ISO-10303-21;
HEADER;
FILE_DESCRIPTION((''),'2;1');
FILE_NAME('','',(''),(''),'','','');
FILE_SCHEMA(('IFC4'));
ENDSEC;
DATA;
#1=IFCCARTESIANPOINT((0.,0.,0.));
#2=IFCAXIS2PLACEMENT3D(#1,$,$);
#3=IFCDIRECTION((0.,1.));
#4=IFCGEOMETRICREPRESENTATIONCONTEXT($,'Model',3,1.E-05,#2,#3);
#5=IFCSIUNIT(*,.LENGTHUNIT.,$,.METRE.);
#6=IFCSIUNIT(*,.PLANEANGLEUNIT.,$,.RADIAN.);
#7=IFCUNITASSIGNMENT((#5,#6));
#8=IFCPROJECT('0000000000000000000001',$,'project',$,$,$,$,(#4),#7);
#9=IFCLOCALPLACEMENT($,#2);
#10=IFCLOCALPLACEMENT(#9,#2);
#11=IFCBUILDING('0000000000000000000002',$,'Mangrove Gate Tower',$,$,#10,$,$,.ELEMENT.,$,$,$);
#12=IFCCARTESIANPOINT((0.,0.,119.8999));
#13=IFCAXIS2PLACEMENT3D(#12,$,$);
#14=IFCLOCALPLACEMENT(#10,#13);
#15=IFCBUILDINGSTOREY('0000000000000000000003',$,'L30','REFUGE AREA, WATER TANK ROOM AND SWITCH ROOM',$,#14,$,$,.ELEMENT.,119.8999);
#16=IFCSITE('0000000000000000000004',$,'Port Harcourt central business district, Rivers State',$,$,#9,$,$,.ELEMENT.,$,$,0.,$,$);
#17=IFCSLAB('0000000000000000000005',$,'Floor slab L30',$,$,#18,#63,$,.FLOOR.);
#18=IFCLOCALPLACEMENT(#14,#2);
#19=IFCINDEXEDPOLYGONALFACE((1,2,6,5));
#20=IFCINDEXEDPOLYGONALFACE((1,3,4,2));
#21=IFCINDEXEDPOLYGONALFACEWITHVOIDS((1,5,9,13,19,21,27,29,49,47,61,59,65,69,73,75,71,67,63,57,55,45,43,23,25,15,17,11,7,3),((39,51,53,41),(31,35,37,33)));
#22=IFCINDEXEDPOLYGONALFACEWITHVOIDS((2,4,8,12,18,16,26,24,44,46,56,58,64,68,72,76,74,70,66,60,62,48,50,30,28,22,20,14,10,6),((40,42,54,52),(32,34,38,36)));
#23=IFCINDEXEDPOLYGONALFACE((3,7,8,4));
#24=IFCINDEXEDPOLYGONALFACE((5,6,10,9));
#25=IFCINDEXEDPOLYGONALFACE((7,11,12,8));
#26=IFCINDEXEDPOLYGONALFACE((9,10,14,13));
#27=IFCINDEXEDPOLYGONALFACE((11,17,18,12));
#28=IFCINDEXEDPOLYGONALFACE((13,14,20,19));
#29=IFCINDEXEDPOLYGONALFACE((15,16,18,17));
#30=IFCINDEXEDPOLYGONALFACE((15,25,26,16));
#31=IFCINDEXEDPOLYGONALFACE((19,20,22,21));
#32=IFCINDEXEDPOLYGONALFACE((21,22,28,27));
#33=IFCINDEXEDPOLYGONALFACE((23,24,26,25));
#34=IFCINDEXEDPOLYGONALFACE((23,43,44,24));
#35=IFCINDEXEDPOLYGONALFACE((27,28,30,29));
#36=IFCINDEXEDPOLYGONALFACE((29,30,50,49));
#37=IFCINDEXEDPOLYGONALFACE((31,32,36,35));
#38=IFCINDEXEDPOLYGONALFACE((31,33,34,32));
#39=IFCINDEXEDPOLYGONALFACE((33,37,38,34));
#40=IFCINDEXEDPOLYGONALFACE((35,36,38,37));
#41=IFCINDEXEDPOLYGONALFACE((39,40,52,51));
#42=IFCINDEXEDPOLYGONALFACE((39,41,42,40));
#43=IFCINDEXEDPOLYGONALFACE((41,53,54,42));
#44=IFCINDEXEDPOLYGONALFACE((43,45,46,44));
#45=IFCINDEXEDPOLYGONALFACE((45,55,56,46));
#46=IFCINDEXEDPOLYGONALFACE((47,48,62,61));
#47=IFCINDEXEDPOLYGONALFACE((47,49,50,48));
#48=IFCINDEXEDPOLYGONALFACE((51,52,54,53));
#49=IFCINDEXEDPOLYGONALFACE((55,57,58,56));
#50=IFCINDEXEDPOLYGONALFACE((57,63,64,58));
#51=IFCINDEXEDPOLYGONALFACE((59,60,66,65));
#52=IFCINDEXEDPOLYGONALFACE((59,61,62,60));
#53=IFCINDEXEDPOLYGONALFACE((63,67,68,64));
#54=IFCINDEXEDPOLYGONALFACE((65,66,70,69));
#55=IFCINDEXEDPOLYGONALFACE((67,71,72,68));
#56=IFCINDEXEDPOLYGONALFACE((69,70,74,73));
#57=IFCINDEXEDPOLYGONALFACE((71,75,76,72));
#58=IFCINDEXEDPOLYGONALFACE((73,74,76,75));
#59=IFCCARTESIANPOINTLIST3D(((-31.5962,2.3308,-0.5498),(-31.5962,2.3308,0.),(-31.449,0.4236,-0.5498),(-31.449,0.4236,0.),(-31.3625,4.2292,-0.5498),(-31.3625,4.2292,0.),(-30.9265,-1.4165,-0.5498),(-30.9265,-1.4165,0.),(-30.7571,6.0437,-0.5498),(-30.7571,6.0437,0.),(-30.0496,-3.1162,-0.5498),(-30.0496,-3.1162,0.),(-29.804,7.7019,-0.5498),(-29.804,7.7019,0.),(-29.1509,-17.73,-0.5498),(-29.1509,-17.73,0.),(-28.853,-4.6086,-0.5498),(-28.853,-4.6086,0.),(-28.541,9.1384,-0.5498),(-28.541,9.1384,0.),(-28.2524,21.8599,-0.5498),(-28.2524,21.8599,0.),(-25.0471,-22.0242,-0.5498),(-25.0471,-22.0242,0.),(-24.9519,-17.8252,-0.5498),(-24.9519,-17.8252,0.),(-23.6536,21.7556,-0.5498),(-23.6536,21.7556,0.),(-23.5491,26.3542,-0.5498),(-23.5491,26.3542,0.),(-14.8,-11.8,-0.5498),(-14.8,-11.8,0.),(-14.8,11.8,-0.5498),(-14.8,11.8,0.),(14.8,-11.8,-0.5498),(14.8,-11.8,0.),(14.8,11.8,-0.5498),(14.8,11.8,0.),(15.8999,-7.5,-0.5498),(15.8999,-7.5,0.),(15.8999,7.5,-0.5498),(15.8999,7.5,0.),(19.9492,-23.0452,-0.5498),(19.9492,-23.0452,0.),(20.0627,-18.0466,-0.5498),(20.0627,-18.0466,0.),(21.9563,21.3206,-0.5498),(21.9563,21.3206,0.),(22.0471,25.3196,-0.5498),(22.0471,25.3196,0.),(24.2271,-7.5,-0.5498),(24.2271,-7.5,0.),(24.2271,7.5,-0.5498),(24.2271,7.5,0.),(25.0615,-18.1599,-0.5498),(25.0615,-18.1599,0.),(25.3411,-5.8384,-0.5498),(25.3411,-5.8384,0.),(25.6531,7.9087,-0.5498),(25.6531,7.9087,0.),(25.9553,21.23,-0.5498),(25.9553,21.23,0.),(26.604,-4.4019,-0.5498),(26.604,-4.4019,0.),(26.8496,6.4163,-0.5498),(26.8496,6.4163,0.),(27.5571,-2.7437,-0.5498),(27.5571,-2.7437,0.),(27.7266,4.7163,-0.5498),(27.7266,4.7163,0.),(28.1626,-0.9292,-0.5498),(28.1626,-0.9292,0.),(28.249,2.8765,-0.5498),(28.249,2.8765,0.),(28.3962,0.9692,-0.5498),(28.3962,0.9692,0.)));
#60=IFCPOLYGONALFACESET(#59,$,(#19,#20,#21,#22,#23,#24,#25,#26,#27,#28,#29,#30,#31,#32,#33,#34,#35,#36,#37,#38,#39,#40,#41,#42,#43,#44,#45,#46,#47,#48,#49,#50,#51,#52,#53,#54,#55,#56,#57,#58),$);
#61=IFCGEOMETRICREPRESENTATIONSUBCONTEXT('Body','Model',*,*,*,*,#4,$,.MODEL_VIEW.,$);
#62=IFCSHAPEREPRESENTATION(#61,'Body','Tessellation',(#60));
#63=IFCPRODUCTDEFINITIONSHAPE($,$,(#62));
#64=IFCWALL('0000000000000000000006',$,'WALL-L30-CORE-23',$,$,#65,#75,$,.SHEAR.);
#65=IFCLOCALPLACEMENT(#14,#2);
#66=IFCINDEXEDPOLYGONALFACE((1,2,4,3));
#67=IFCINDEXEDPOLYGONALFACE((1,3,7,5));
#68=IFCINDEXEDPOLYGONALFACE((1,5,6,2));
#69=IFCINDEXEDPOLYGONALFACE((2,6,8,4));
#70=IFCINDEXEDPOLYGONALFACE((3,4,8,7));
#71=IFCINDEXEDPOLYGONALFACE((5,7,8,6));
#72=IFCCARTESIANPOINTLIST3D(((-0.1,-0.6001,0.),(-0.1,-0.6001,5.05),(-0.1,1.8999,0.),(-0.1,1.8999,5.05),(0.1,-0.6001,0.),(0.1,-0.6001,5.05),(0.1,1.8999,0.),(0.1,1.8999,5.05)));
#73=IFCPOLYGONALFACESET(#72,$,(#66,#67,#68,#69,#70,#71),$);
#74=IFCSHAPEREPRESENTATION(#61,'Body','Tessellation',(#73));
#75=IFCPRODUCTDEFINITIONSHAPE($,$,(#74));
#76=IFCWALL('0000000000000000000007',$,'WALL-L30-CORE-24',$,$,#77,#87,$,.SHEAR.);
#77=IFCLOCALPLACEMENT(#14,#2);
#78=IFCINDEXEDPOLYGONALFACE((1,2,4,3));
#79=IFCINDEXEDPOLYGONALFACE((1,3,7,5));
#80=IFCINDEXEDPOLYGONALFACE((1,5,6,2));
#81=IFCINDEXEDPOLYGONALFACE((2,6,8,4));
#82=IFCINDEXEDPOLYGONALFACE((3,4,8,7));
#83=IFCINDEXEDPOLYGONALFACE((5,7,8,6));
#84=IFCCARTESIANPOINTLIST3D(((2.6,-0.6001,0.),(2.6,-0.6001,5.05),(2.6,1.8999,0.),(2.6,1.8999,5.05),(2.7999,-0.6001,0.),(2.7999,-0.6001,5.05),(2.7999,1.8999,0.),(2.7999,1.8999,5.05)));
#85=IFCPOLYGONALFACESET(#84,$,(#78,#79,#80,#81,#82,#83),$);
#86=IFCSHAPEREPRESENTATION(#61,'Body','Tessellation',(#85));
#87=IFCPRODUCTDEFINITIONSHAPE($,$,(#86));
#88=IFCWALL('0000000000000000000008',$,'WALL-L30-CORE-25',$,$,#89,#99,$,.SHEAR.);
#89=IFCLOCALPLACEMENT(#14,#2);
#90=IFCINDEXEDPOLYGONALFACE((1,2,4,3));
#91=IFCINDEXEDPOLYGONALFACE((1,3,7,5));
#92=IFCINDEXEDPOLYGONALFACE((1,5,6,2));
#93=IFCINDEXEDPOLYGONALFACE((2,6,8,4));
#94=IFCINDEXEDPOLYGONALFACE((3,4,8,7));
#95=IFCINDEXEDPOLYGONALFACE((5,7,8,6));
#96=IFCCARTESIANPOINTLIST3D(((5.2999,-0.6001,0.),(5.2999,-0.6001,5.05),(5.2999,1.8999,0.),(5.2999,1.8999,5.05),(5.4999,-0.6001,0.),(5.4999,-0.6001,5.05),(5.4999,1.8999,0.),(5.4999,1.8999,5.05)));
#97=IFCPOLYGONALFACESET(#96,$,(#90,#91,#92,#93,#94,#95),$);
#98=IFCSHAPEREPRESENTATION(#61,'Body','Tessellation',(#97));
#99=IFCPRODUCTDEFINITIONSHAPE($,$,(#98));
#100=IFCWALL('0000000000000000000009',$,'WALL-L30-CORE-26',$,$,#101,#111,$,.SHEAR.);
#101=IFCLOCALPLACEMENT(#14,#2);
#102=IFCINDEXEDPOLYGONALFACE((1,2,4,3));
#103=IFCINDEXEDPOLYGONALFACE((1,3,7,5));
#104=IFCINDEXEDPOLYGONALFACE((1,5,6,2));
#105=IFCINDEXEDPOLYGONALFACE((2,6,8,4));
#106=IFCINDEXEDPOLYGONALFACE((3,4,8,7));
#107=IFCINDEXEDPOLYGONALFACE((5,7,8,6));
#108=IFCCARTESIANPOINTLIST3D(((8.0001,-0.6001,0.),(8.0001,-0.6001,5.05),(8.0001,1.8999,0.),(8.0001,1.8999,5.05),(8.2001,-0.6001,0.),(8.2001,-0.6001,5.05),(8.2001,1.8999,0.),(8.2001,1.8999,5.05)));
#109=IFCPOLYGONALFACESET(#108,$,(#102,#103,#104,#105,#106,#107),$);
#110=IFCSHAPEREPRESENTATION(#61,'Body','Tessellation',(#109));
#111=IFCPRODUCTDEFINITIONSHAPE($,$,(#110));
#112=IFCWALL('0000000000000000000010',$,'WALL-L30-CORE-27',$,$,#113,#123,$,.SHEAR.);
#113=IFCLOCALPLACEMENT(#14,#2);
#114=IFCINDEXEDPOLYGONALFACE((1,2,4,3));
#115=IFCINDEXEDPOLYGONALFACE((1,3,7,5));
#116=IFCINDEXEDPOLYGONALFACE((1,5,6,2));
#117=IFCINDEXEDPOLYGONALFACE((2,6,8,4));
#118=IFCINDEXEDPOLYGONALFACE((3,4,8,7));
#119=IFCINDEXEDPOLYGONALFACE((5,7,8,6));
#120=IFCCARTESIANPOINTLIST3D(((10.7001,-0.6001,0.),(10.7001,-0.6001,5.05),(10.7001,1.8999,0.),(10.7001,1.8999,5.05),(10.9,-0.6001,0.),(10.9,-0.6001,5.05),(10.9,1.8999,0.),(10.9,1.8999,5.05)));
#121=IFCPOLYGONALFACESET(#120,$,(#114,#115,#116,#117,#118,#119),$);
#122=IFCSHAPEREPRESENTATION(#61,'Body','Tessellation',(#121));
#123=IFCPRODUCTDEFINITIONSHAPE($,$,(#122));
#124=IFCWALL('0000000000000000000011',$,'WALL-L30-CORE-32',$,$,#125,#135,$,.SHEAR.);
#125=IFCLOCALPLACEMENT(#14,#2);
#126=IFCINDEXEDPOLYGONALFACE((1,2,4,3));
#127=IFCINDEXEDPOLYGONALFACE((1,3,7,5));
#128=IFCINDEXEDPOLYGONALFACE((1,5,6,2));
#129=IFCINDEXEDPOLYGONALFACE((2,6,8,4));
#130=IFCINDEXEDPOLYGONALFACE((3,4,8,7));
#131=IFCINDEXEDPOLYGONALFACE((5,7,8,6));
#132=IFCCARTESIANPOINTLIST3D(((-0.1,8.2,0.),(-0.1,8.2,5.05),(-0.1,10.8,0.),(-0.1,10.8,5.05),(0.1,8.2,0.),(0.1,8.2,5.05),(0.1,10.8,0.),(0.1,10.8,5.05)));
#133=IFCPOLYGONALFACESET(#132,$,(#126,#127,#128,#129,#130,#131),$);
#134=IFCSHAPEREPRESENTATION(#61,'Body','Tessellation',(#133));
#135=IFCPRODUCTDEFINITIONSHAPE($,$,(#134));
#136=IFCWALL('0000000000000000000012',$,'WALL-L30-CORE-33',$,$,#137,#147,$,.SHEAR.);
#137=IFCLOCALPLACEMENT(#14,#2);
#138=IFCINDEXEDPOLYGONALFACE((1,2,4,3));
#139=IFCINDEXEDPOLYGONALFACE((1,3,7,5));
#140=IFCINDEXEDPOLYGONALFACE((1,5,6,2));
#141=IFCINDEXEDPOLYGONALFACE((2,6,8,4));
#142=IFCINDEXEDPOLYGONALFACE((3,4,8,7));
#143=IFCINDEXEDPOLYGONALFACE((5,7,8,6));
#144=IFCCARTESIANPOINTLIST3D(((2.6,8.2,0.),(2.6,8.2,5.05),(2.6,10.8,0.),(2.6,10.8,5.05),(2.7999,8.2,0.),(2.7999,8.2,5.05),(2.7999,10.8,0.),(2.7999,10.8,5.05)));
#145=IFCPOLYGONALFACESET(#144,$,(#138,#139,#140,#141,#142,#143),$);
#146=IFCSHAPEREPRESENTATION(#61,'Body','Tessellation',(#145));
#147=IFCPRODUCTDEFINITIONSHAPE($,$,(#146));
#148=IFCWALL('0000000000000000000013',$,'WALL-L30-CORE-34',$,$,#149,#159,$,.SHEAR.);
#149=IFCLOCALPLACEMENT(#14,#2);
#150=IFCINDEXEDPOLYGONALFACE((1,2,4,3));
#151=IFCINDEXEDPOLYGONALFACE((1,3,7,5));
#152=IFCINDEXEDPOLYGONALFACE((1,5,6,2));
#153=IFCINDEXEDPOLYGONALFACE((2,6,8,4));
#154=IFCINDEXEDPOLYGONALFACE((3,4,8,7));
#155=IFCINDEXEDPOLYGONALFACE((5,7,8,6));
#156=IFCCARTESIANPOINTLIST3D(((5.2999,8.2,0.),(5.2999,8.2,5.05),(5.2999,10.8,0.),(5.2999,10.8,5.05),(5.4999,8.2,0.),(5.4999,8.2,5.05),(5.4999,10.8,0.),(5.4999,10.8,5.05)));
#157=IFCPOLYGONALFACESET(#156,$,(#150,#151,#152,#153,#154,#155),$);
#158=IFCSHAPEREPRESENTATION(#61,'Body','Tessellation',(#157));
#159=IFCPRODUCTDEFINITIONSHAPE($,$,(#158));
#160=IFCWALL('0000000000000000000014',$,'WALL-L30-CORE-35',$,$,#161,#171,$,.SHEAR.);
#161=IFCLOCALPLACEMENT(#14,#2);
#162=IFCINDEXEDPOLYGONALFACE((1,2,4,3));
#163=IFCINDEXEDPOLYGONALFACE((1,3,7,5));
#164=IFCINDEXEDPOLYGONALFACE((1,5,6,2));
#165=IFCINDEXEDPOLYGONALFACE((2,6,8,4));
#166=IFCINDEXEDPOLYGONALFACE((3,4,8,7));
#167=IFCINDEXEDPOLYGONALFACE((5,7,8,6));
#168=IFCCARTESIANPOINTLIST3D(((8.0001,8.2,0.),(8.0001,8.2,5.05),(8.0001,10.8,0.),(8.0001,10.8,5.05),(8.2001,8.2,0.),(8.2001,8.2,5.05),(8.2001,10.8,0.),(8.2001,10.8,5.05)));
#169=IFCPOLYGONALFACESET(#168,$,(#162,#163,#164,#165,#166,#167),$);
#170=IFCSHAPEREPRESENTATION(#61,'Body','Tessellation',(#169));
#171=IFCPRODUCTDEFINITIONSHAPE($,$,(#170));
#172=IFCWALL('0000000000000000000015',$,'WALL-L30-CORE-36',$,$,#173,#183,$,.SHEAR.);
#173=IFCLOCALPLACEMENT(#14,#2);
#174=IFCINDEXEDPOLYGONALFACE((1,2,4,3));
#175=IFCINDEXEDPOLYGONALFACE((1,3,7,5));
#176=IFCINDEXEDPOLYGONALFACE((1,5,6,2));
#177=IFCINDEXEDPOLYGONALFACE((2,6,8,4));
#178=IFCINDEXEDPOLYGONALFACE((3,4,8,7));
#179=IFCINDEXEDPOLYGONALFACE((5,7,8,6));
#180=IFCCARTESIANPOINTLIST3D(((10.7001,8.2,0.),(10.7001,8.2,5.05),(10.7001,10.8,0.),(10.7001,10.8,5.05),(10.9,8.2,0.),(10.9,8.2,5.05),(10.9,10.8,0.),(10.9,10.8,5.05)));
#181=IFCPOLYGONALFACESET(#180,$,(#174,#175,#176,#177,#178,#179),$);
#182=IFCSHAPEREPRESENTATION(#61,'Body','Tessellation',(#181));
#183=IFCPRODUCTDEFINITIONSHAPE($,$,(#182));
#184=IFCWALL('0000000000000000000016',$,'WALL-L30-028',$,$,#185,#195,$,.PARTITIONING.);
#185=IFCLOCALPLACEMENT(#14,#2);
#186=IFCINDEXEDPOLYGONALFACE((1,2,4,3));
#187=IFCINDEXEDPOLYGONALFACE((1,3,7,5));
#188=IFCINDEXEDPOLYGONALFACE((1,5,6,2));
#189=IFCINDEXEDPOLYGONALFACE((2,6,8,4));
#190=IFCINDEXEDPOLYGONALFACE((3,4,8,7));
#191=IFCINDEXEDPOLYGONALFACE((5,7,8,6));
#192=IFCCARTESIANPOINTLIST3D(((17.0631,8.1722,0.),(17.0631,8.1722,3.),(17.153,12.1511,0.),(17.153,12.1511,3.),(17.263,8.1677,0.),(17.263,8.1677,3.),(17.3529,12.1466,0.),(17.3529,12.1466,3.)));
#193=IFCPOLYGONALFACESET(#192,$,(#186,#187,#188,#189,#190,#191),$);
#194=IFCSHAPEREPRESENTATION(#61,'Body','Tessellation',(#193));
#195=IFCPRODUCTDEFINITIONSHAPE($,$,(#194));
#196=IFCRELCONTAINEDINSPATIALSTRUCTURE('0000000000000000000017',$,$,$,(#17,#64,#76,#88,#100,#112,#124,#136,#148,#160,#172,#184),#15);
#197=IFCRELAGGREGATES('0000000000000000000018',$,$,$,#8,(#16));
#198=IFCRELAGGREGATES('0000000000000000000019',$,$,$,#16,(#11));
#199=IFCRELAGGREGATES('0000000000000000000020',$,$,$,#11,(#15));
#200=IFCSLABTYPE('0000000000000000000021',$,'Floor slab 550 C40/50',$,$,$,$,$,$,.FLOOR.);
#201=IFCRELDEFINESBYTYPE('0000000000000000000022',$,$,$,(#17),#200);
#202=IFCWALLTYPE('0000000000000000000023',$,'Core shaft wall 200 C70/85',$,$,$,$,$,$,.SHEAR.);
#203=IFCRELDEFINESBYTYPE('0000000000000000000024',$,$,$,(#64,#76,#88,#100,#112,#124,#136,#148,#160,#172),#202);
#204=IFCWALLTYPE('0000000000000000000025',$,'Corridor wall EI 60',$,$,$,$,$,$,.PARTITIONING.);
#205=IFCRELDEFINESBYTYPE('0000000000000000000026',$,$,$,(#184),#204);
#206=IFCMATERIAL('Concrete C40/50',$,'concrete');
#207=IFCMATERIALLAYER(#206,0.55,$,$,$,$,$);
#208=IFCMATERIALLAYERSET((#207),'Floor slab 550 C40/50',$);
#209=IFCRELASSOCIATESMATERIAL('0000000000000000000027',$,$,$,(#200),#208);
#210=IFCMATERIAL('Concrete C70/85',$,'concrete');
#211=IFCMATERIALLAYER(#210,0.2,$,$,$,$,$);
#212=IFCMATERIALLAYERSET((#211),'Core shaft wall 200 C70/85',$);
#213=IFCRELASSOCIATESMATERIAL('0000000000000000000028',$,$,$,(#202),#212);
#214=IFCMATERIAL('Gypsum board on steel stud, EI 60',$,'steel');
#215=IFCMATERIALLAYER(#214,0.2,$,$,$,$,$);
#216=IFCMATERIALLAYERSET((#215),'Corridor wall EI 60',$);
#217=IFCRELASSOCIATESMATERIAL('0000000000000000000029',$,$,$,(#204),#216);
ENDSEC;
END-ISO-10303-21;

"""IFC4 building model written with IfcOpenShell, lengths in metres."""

from ifc_helpers import new_model, si_unit, direction, frame, frame_2d, origin, place, context, subcontext, project, spatial, polyline, rectangle, outline, extrude, material, layer, layer_set, type_object, element, save


model = new_model("IFC4")

# Units and contexts
model_context = context("Model", 3, precision=1e-05, world=origin(), true_north=direction((0.0, 1.0)))
body_context = subcontext(model_context, "Body", "Model", "MODEL_VIEW")
ifc_project = project(units=[si_unit("LENGTHUNIT", "METRE"), si_unit("PLANEANGLEUNIT", "RADIAN")], contexts=[model_context])

# Site, building, storey
site_placement = place(None, origin())
site = spatial("IfcSite", under=ifc_project, at=site_placement, Name="Port Harcourt central business district, Rivers State", CompositionType="ELEMENT", RefElevation=0.0)
building_placement = place(site_placement, origin())
building = spatial("IfcBuilding", under=site, at=building_placement, Name="Mangrove Gate Tower", CompositionType="ELEMENT")
storey_placement = place(building_placement, frame((0.0, 0.0, 119.8999)))
storey = spatial("IfcBuildingStorey", under=building, at=storey_placement, Name="L30", Description="REFUGE AREA, WATER TANK ROOM AND SWITCH ROOM", CompositionType="ELEMENT", Elevation=119.8999)

# Slab
ifc_material_1 = material(Name="Concrete C40/50", Category="concrete")
ifc_layer_1 = layer(ifc_material_1, 0.55)
ifc_layer_set_1 = layer_set([ifc_layer_1], Name="Floor slab 550 C40/50")
slab_type_1 = type_object("IfcSlabType", Name="Floor slab 550 C40/50", PredefinedType="FLOOR", material=ifc_layer_set_1)
slab_1_placement = place(storey_placement, frame((0.0, 0.0, -0.5498)))
element("IfcSlab", 1, at=slab_1_placement, inside=storey, type_object=slab_type_1, Name="Floor slab L30", PredefinedType="FLOOR", context=body_context, shape_type="SweptSolid", body=[
    extrude(outline(polyline([(-25.0471, -22.0242), (19.9492, -23.0452), (20.0627, -18.0466), (25.0615, -18.1599), (25.3411, -5.8384), (26.604, -4.4019), (27.5571, -2.7437), (28.1626, -0.9292), (28.3962, 0.9692), (28.249, 2.8765), (27.7266, 4.7163), (26.8496, 6.4163), (25.6531, 7.9087), (25.9553, 21.23), (21.9563, 21.3206), (22.0471, 25.3196), (-23.5491, 26.3542), (-23.6536, 21.7556), (-28.2524, 21.8599), (-28.541, 9.1384), (-29.804, 7.7019), (-30.7571, 6.0437), (-31.3625, 4.2292), (-31.5962, 2.3308), (-31.449, 0.4236), (-30.9265, -1.4165), (-30.0496, -3.1162), (-28.853, -4.6086), (-29.1509, -17.73), (-24.9519, -17.8252), (-25.0471, -22.0242)]), holes=[polyline([(15.8999, 7.5), (24.2271, 7.5), (24.2271, -7.5), (15.8999, -7.5), (15.8999, 7.5)]), polyline([(-14.8, -11.8), (-14.8, 11.8), (14.8, 11.8), (14.8, -11.8), (-14.8, -11.8)])]), origin(), (0.0, 0.0, 1.0), 0.5498),
])

# Walls
ifc_material_2 = material(Name="Concrete C70/85", Category="concrete")
ifc_layer_2 = layer(ifc_material_2, 0.2)
ifc_layer_set_2 = layer_set([ifc_layer_2], Name="Core shaft wall 200 C70/85")
wall_type_1 = type_object("IfcWallType", Name="Core shaft wall 200 C70/85", PredefinedType="SHEAR", material=ifc_layer_set_2)
for number, where, z_axis, x_axis, name in (
    (2, (0.0, -0.6001, 0.0), (0.0, 0.0, 1.0), (0.0, 1.0, 0.0), "WALL-L30-CORE-23"),
    (3, (2.7, -0.6001, 0.0), (0.0, 0.0, 1.0), (0.0, 1.0, 0.0), "WALL-L30-CORE-24"),
    (4, (5.3999, -0.6001, 0.0), (0.0, 0.0, 1.0), (0.0, 1.0, 0.0), "WALL-L30-CORE-25"),
    (5, (8.1001, -0.6001, 0.0), (0.0, 0.0, 1.0), (0.0, 1.0, 0.0), "WALL-L30-CORE-26"),
    (6, (10.8, -0.6001, 0.0), (0.0, 0.0, 1.0), (0.0, 1.0, 0.0), "WALL-L30-CORE-27"),
):
    element("IfcWall", number, at=place(storey_placement, frame(where, z_axis=z_axis, x_axis=x_axis)), inside=storey, type_object=wall_type_1, Name=name, PredefinedType="SHEAR", context=body_context, shape_type="SweptSolid", body=[
        extrude(rectangle(XDim=2.5, YDim=0.2, at=frame_2d((1.25, 0.0))), origin(), (0.0, 0.0, 1.0), 5.05),
    ])
for number, where, z_axis, x_axis, name in (
    (7, (0.0, 8.2, 0.0), (0.0, 0.0, 1.0), (0.0, 1.0, 0.0), "WALL-L30-CORE-32"),
    (8, (2.7, 8.2, 0.0), (0.0, 0.0, 1.0), (0.0, 1.0, 0.0), "WALL-L30-CORE-33"),
    (9, (5.3999, 8.2, 0.0), (0.0, 0.0, 1.0), (0.0, 1.0, 0.0), "WALL-L30-CORE-34"),
    (10, (8.1001, 8.2, 0.0), (0.0, 0.0, 1.0), (0.0, 1.0, 0.0), "WALL-L30-CORE-35"),
    (11, (10.8, 8.2, 0.0), (0.0, 0.0, 1.0), (0.0, 1.0, 0.0), "WALL-L30-CORE-36"),
):
    element("IfcWall", number, at=place(storey_placement, frame(where, z_axis=z_axis, x_axis=x_axis)), inside=storey, type_object=wall_type_1, Name=name, PredefinedType="SHEAR", context=body_context, shape_type="SweptSolid", body=[
        extrude(rectangle(XDim=2.6001, YDim=0.2, at=frame_2d((1.3, 0.0))), origin(), (0.0, 0.0, 1.0), 5.05),
    ])
ifc_material_3 = material(Name="Gypsum board on steel stud, EI 60", Category="steel")
ifc_layer_3 = layer(ifc_material_3, 0.2)
ifc_layer_set_3 = layer_set([ifc_layer_3], Name="Corridor wall EI 60")
wall_type_2 = type_object("IfcWallType", Name="Corridor wall EI 60", PredefinedType="PARTITIONING", material=ifc_layer_set_3)
wall_1_placement = place(storey_placement, frame((17.1631, 8.1699, 0.0), z_axis=(0.0, 0.0, 1.0), x_axis=(0.022574, 0.999745, 0.0)))
element("IfcWall", 12, at=wall_1_placement, inside=storey, type_object=wall_type_2, Name="WALL-L30-028", PredefinedType="PARTITIONING", context=body_context, shape_type="SweptSolid", body=[
    extrude(rectangle(XDim=3.98, YDim=0.2, at=frame_2d((1.99, 0.0))), origin(), (0.0, 0.0, 1.0), 3.0),
])

save(model, "model.ifc")
